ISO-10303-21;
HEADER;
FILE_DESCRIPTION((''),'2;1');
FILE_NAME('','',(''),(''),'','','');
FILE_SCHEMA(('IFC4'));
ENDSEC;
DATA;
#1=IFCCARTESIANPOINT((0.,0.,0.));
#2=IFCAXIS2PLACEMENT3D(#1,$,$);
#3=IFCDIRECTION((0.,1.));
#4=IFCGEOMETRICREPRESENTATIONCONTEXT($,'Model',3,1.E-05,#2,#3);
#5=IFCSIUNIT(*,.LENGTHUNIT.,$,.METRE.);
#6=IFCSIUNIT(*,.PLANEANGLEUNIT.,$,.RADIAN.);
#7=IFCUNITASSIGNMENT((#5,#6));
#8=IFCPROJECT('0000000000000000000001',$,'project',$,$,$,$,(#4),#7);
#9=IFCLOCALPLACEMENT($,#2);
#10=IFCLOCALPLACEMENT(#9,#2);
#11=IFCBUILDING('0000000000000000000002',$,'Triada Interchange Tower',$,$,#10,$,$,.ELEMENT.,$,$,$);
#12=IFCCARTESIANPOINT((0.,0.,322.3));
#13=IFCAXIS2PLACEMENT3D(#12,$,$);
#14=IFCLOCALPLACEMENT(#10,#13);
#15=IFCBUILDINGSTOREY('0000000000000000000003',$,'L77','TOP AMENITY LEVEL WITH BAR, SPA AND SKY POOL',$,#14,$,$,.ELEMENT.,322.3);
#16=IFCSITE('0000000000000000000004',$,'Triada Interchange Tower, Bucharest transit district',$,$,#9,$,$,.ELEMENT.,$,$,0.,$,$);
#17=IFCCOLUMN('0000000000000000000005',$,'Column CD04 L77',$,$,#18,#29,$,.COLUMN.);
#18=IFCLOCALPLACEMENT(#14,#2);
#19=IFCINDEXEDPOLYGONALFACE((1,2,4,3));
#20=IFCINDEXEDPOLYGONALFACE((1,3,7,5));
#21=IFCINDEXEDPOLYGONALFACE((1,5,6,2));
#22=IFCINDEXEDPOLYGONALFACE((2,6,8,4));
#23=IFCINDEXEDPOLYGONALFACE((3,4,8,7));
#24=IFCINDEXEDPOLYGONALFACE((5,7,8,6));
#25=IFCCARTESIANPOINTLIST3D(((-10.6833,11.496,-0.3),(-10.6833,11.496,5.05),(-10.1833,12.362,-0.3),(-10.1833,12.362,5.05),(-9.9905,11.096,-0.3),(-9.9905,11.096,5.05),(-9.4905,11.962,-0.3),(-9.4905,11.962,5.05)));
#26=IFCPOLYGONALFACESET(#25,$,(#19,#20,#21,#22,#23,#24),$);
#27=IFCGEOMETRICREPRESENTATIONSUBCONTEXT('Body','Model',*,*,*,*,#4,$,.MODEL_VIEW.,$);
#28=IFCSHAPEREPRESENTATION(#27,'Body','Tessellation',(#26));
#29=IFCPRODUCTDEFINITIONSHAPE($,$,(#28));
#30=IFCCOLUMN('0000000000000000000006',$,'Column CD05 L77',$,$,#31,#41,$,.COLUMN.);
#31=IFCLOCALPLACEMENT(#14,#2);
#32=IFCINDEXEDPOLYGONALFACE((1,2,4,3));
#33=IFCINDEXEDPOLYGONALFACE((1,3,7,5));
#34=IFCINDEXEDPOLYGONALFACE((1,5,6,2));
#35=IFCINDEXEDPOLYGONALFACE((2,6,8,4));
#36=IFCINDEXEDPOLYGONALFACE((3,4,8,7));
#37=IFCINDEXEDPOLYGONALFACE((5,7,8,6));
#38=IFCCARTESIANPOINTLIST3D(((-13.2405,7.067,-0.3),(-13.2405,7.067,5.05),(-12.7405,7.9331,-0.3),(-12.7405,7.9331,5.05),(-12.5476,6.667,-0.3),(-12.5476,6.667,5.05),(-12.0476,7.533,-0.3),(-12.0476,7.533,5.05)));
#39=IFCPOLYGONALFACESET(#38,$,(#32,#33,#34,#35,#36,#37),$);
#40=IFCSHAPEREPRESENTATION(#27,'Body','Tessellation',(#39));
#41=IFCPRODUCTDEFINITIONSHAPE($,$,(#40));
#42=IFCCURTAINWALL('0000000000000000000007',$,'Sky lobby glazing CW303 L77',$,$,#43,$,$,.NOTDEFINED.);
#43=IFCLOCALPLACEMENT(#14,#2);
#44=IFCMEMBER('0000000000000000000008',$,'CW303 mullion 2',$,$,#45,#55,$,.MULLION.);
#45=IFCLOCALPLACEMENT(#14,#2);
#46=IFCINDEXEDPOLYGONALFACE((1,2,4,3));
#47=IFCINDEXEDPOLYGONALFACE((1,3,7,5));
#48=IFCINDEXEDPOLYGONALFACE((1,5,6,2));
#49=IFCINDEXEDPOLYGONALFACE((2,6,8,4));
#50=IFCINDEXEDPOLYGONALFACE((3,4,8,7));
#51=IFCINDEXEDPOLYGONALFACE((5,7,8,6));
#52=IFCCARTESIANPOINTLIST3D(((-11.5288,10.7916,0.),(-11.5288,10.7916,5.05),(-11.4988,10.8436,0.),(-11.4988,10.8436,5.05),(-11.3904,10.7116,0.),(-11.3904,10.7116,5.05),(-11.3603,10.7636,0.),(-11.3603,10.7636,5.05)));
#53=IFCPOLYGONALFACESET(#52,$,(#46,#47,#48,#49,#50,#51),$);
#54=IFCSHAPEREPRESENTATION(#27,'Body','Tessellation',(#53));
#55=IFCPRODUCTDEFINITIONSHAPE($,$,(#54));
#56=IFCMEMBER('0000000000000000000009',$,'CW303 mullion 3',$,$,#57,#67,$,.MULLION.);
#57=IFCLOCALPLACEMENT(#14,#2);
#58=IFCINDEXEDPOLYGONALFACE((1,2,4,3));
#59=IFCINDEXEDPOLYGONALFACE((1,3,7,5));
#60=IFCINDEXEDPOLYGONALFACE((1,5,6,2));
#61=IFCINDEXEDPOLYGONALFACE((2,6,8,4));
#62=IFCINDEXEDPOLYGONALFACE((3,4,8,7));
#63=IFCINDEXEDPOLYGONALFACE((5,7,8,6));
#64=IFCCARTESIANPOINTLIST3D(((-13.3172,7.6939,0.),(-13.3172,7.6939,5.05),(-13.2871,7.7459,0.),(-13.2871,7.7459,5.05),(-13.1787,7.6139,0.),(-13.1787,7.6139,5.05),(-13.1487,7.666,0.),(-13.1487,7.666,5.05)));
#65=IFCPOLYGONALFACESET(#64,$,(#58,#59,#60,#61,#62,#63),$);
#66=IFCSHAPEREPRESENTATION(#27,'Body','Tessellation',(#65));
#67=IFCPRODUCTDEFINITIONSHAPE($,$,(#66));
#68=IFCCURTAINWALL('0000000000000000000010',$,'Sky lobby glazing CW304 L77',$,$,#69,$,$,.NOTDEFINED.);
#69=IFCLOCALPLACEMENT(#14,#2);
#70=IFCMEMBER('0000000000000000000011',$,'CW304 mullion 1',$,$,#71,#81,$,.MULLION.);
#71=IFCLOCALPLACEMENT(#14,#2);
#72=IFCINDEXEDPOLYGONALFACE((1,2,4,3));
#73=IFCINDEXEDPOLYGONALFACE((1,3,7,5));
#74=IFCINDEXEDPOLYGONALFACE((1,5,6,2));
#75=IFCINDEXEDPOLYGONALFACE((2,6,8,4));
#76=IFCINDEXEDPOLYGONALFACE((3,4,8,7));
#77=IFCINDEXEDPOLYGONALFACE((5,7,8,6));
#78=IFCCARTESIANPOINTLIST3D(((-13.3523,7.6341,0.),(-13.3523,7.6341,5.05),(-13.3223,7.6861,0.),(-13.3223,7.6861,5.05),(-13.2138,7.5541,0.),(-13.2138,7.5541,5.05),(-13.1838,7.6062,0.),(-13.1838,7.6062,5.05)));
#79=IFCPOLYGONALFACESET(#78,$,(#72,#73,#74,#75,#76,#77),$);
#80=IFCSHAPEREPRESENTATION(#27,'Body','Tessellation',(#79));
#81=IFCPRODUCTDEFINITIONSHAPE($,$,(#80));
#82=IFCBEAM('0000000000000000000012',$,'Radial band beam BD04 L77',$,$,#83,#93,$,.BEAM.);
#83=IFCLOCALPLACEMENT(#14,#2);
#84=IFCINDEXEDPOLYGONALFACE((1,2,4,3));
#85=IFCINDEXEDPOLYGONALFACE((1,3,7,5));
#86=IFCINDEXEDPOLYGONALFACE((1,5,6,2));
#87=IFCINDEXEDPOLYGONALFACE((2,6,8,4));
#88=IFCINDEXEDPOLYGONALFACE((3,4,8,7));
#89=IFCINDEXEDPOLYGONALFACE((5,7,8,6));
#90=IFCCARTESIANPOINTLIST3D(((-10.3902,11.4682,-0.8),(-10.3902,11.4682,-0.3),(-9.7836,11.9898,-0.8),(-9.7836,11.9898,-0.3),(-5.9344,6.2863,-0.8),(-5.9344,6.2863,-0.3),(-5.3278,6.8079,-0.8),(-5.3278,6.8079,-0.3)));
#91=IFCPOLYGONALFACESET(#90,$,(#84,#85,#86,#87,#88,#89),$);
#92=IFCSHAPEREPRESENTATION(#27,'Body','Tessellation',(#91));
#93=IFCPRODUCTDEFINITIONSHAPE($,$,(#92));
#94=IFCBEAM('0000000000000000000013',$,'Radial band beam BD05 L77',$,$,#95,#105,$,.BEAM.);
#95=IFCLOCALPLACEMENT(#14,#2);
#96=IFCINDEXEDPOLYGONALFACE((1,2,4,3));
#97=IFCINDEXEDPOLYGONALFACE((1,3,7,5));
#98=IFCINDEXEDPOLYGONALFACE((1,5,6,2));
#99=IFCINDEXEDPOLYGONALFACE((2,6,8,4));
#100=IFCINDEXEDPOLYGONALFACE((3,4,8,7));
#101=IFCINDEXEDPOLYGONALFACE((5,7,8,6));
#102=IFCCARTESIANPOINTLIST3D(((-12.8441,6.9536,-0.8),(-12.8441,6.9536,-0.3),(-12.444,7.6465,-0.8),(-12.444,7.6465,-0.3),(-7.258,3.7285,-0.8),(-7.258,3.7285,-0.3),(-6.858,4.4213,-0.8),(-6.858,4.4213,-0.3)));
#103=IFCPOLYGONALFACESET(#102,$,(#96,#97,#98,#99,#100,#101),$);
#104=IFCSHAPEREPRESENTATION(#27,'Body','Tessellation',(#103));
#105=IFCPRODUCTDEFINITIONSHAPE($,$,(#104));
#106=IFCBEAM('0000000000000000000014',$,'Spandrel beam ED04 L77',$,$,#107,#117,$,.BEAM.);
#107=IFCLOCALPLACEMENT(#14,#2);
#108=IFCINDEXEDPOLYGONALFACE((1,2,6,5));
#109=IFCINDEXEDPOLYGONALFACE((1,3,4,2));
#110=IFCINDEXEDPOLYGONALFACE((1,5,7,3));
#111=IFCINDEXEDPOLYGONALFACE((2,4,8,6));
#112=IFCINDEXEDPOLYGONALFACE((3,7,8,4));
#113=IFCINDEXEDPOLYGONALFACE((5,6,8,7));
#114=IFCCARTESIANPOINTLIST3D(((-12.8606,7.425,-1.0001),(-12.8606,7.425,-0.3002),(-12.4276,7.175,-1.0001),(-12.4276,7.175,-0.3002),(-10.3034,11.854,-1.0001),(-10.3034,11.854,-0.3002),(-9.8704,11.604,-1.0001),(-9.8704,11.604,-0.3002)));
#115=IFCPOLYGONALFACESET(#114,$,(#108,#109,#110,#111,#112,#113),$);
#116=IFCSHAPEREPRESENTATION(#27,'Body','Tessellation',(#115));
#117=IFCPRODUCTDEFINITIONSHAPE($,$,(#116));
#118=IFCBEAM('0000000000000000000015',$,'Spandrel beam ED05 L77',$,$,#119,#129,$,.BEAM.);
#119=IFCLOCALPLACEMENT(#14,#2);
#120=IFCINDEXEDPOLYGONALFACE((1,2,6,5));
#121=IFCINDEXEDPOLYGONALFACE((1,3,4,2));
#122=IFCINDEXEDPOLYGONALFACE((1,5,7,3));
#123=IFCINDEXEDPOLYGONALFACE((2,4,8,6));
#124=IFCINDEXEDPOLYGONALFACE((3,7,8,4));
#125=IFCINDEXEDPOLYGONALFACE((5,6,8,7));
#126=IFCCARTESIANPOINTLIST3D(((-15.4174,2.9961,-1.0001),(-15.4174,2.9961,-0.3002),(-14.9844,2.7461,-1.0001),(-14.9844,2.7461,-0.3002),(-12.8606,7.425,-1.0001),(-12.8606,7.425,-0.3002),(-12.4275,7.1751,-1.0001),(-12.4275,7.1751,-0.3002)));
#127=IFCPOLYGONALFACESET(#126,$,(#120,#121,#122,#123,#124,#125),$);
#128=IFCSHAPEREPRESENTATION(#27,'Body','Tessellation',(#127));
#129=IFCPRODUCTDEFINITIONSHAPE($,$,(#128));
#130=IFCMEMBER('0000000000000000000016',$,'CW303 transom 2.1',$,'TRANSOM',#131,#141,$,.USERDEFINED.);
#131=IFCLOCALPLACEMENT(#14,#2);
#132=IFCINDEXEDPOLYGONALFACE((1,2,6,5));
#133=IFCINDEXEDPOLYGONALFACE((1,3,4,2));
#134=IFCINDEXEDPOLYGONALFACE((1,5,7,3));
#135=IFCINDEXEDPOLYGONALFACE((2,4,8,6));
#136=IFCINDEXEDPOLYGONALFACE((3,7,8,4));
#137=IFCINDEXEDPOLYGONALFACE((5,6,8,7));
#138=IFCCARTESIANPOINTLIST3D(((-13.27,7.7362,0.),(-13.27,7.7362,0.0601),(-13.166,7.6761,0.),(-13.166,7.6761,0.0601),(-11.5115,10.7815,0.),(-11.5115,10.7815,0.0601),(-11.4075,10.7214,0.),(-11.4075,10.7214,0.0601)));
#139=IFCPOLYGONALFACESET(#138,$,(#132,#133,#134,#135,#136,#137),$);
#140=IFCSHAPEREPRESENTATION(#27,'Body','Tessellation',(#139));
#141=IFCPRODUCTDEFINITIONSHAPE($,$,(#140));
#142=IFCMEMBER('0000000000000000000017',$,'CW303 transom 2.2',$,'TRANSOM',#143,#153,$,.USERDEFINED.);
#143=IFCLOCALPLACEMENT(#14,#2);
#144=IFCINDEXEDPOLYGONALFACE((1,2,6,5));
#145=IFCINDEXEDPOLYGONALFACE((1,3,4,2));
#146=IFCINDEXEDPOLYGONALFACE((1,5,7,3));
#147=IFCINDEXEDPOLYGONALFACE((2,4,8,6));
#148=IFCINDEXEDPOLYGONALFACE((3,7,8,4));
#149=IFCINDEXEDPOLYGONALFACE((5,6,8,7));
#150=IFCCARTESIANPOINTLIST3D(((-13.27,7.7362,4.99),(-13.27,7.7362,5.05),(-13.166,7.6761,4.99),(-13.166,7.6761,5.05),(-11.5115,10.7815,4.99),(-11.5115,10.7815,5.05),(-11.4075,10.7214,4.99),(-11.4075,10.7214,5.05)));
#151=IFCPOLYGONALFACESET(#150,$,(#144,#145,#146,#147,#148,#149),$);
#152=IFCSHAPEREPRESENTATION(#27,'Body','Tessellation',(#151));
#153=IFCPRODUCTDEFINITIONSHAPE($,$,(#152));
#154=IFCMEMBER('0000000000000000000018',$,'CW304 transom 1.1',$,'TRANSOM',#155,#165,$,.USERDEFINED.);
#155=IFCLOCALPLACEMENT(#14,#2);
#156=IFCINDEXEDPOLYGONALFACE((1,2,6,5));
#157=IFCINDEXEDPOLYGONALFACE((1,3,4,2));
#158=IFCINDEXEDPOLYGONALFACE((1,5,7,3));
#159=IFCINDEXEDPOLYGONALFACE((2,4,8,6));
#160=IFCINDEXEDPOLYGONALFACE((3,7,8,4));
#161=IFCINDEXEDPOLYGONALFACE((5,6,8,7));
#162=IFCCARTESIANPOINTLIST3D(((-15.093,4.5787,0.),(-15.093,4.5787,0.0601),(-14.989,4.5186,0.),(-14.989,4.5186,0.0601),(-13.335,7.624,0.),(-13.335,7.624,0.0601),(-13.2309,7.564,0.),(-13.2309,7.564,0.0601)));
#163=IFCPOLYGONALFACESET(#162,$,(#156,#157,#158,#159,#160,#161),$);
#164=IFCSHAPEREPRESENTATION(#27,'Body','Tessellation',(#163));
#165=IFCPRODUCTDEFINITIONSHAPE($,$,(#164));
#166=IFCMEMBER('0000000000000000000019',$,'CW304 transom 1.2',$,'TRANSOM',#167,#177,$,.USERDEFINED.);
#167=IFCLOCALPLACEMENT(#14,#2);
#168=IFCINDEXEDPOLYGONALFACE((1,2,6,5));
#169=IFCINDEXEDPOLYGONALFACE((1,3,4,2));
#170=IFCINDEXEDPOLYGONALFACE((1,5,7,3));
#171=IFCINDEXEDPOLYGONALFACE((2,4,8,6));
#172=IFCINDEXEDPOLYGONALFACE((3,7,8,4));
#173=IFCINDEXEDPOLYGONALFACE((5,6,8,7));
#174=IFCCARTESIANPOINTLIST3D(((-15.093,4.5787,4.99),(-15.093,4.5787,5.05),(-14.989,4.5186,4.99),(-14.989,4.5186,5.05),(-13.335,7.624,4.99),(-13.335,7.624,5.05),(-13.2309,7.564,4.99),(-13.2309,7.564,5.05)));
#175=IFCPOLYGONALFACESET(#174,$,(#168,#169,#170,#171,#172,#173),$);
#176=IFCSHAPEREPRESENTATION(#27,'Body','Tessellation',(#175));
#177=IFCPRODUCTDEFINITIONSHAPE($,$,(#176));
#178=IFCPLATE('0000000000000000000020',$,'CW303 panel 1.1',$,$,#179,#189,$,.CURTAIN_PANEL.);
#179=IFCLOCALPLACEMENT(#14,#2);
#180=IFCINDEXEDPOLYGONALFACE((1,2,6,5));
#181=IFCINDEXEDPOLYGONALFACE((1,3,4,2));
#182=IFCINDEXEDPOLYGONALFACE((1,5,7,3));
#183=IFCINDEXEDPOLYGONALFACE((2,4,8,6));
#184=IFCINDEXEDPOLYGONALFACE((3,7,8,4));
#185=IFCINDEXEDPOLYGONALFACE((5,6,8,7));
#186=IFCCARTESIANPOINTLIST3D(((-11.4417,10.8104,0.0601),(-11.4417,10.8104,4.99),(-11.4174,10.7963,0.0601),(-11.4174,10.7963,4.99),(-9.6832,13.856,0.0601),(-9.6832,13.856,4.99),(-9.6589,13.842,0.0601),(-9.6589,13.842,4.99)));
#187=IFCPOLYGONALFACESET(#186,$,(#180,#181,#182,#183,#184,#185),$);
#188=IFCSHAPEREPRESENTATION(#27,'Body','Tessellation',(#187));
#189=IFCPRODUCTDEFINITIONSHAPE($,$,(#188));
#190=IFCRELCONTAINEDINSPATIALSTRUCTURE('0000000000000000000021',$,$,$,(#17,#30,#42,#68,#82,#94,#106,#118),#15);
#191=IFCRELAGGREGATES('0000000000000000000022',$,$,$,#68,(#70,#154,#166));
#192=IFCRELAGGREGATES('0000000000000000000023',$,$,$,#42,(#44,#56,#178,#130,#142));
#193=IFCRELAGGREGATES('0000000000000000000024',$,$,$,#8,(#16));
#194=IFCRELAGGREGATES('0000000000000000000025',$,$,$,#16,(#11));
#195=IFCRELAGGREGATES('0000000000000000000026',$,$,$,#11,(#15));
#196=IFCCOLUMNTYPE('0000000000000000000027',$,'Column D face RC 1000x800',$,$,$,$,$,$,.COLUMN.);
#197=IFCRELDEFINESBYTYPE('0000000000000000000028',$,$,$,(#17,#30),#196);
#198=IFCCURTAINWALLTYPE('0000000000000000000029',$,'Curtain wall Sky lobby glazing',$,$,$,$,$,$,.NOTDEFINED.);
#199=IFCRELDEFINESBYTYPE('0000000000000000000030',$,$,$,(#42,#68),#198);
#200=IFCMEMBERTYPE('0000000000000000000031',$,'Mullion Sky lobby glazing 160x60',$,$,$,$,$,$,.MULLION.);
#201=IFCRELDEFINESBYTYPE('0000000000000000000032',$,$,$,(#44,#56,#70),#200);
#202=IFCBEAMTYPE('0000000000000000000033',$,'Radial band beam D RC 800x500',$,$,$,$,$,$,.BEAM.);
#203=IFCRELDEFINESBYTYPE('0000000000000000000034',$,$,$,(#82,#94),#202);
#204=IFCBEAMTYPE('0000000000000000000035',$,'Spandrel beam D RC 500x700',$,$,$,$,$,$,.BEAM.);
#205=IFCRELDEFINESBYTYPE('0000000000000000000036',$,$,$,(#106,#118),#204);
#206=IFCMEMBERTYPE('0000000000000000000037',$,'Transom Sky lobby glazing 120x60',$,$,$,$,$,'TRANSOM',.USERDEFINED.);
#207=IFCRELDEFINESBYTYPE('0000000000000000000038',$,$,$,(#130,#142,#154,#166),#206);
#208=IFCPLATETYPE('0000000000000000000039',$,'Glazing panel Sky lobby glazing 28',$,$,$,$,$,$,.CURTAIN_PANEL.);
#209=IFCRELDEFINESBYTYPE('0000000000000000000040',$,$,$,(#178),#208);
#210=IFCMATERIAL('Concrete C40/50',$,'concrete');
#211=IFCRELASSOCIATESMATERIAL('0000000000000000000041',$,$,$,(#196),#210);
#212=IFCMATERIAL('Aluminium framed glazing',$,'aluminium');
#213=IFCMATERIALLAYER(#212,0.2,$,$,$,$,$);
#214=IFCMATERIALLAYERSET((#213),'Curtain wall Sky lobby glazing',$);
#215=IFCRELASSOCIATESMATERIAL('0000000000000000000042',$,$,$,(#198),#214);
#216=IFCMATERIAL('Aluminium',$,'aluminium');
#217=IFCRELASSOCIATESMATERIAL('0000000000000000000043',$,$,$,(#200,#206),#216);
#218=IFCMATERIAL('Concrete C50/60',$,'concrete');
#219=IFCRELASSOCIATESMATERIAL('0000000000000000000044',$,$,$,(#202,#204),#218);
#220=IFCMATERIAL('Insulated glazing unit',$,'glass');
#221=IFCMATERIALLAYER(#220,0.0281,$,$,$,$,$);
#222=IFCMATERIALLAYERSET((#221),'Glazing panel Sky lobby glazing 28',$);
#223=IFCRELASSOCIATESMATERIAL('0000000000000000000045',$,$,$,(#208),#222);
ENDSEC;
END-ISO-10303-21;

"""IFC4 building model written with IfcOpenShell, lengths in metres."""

from ifc_helpers import new_model, si_unit, direction, frame, origin, origin_2d, place, context, subcontext, project, spatial, rectangle, extrude, material, layer, layer_set, material_profile, profile_set, type_object, element, aggregate, save


model = new_model("IFC4")

# Units and contexts
model_context = context("Model", 3, precision=1e-05, world=origin(), true_north=direction((0.0, 1.0)))
body_context = subcontext(model_context, "Body", "Model", "MODEL_VIEW")
ifc_project = project(units=[si_unit("LENGTHUNIT", "METRE"), si_unit("PLANEANGLEUNIT", "RADIAN")], contexts=[model_context])

# Site, building, storey
site_placement = place(None, origin())
site = spatial("IfcSite", under=ifc_project, at=site_placement, Name="Triada Interchange Tower, Bucharest transit district", CompositionType="ELEMENT", RefElevation=0.0)
building_placement = place(site_placement, origin())
building = spatial("IfcBuilding", under=site, at=building_placement, Name="Triada Interchange Tower", CompositionType="ELEMENT")
storey_placement = place(building_placement, frame((0.0, 0.0, 322.3)))
storey = spatial("IfcBuildingStorey", under=building, at=storey_placement, Name="L77", Description="TOP AMENITY LEVEL WITH BAR, SPA AND SKY POOL", CompositionType="ELEMENT", Elevation=322.3)

# Columns
ifc_material_1 = material(Name="Concrete C40/50", Category="concrete")
ifc_material_profile_1 = material_profile(ifc_material_1, rectangle(XDim=1.0, YDim=0.8, at=origin_2d()), Name="RC 1000x800")
ifc_profile_set_1 = profile_set([ifc_material_profile_1], Name="Concrete C40/50")
column_type = type_object("IfcColumnType", Name="Column D face RC 1000x800", PredefinedType="COLUMN", material=ifc_profile_set_1)
for number, where, z_axis, x_axis, name in (
    (1, (-10.0869, 11.729, -0.3), (0.0, 0.0, 1.0), (0.5, 0.866025, 0.0), "Column CD04 L77"),
    (2, (-12.644, 7.3, -0.3), (0.0, 0.0, 1.0), (0.5, 0.866025, 0.0), "Column CD05 L77"),
):
    element("IfcColumn", number, at=place(storey_placement, frame(where, z_axis=z_axis, x_axis=x_axis)), inside=storey, type_object=column_type, Name=name, PredefinedType="COLUMN", context=body_context, shape_type="SweptSolid", body=[
        extrude(rectangle(XDim=1.0, YDim=0.8, at=origin_2d()), origin(), (0.0, 0.0, 1.0), 5.3501),
    ])

# Curtain wall, members
ifc_material_2 = material(Name="Aluminium framed glazing", Category="aluminium")
ifc_layer_1 = layer(ifc_material_2, 0.2)
ifc_layer_set_1 = layer_set([ifc_layer_1], Name="Curtain wall Sky lobby glazing")
curtain_wall_type = type_object("IfcCurtainWallType", Name="Curtain wall Sky lobby glazing", PredefinedType="NOTDEFINED", material=ifc_layer_set_1)
curtain_wall_1_placement = place(storey_placement, origin())
curtain_wall_1 = element("IfcCurtainWall", 3, at=curtain_wall_1_placement, inside=storey, type_object=curtain_wall_type, Name="Sky lobby glazing CW303 L77", PredefinedType="NOTDEFINED")
ifc_material_3 = material(Name="Aluminium", Category="aluminium")
ifc_material_profile_2 = material_profile(ifc_material_3, rectangle(XDim=0.1599, YDim=0.0601, at=origin_2d()), Name="Aluminium mullion")
ifc_profile_set_2 = profile_set([ifc_material_profile_2], Name="Aluminium")
member_type_1 = type_object("IfcMemberType", Name="Mullion Sky lobby glazing 160x60", PredefinedType="MULLION", material=ifc_profile_set_2)
member_1_placement = place(storey_placement, frame((-11.4446, 10.7776, 0.0), z_axis=(0.0, 0.0, 1.0), x_axis=(0.866008, -0.50003, 0.0)))
member_1 = element("IfcMember", 4, at=member_1_placement, type_object=member_type_1, Name="CW303 mullion 2", PredefinedType="MULLION", context=body_context, shape_type="SweptSolid", body=[
    extrude(rectangle(XDim=0.1599, YDim=0.0601, at=origin_2d()), origin(), (0.0, 0.0, 1.0), 5.05),
])
member_2_placement = place(storey_placement, frame((-13.2329, 7.6799, 0.0), z_axis=(0.0, 0.0, 1.0), x_axis=(0.866008, -0.50003, 0.0)))
member_2 = element("IfcMember", 5, at=member_2_placement, type_object=member_type_1, Name="CW303 mullion 3", PredefinedType="MULLION", context=body_context, shape_type="SweptSolid", body=[
    extrude(rectangle(XDim=0.1599, YDim=0.0601, at=origin_2d()), origin(), (0.0, 0.0, 1.0), 5.05),
])

# Curtain wall, member
curtain_wall_2_placement = place(storey_placement, origin())
curtain_wall_2 = element("IfcCurtainWall", 6, at=curtain_wall_2_placement, inside=storey, type_object=curtain_wall_type, Name="Sky lobby glazing CW304 L77", PredefinedType="NOTDEFINED")
member_3_placement = place(storey_placement, frame((-13.2681, 7.6201, 0.0), z_axis=(0.0, 0.0, 1.0), x_axis=(0.866068, -0.499926, 0.0)))
member_3 = element("IfcMember", 7, at=member_3_placement, type_object=member_type_1, Name="CW304 mullion 1", PredefinedType="MULLION", context=body_context, shape_type="SweptSolid", body=[
    extrude(rectangle(XDim=0.1599, YDim=0.0601, at=origin_2d()), origin(), (0.0, 0.0, 1.0), 5.05),
])

# Beams
ifc_material_4 = material(Name="Concrete C50/60", Category="concrete")
ifc_material_profile_3 = material_profile(ifc_material_4, rectangle(XDim=0.8, YDim=0.5, at=origin_2d()), Name="RC 800x500")
ifc_profile_set_3 = profile_set([ifc_material_profile_3], Name="Concrete C50/60")
beam_type_1 = type_object("IfcBeamType", Name="Radial band beam D RC 800x500", PredefinedType="BEAM", material=ifc_profile_set_3)
beam_1_placement = place(storey_placement, frame((-10.0869, 11.729, -0.55), z_axis=(0.651988, -0.758229, 0.0), x_axis=(0.758229, 0.651988, 0.0)))
element("IfcBeam", 8, at=beam_1_placement, inside=storey, type_object=beam_type_1, Name="Radial band beam BD04 L77", PredefinedType="BEAM", context=body_context, shape_type="SweptSolid", body=[
    extrude(rectangle(XDim=0.8, YDim=0.5, at=origin_2d()), origin(), (0.0, 0.0, 1.0), 6.8342),
])
beam_2_placement = place(storey_placement, frame((-12.644, 7.3, -0.55), z_axis=(0.866022, -0.500006, 0.0), x_axis=(0.500006, 0.866022, 0.0)))
element("IfcBeam", 9, at=beam_2_placement, inside=storey, type_object=beam_type_1, Name="Radial band beam BD05 L77", PredefinedType="BEAM", context=body_context, shape_type="SweptSolid", body=[
    extrude(rectangle(XDim=0.8, YDim=0.5, at=origin_2d()), origin(), (0.0, 0.0, 1.0), 6.4502),
])
ifc_material_profile_4 = material_profile(ifc_material_4, rectangle(XDim=0.5, YDim=0.7, at=origin_2d()), Name="RC 500x700")
ifc_profile_set_4 = profile_set([ifc_material_profile_4], Name="Concrete C50/60")
beam_type_2 = type_object("IfcBeamType", Name="Spandrel beam D RC 500x700", PredefinedType="BEAM", material=ifc_profile_set_4)
beam_3_placement = place(storey_placement, frame((-10.0869, 11.729, -0.6501), z_axis=(-0.50001, -0.866019, 0.0), x_axis=(0.866019, -0.50001, 0.0)))
element("IfcBeam", 10, at=beam_3_placement, inside=storey, type_object=beam_type_2, Name="Spandrel beam ED04 L77", PredefinedType="BEAM", context=body_context, shape_type="SweptSolid", body=[
    extrude(rectangle(XDim=0.5, YDim=0.7, at=origin_2d()), origin(), (0.0, 0.0, 1.0), 5.1143),
])
beam_4_placement = place(storey_placement, frame((-12.644, 7.3, -0.6501), z_axis=(-0.499975, -0.86604, 0.0), x_axis=(0.86604, -0.499975, 0.0)))
element("IfcBeam", 11, at=beam_4_placement, inside=storey, type_object=beam_type_2, Name="Spandrel beam ED05 L77", PredefinedType="BEAM", context=body_context, shape_type="SweptSolid", body=[
    extrude(rectangle(XDim=0.5, YDim=0.7, at=origin_2d()), origin(), (0.0, 0.0, 1.0), 5.114),
])

# Members
ifc_material_profile_5 = material_profile(ifc_material_3, rectangle(XDim=0.1201, YDim=0.0601, at=origin_2d()), Name="Aluminium transom")
ifc_profile_set_5 = profile_set([ifc_material_profile_5], Name="Aluminium")
member_type_2 = type_object("IfcMemberType", Name="Transom Sky lobby glazing 120x60", ElementType="TRANSOM", PredefinedType="USERDEFINED", material=ifc_profile_set_5)
member_4_placement = place(storey_placement, frame((-11.4595, 10.7515, 0.03), z_axis=(-0.500059, -0.865991, 0.0), x_axis=(0.865991, -0.500059, 0.0)))
member_4 = element("IfcMember", 12, at=member_4_placement, type_object=member_type_2, Name="CW303 transom 2.1", ObjectType="TRANSOM", PredefinedType="USERDEFINED", context=body_context, shape_type="SweptSolid", body=[
    extrude(rectangle(XDim=0.1201, YDim=0.0601, at=origin_2d()), origin(), (0.0, 0.0, 1.0), 3.5166),
])
member_5_placement = place(storey_placement, frame((-11.4595, 10.7515, 5.02), z_axis=(-0.500059, -0.865991, 0.0), x_axis=(0.865991, -0.500059, 0.0)))
member_5 = element("IfcMember", 13, at=member_5_placement, type_object=member_type_2, Name="CW303 transom 2.2", ObjectType="TRANSOM", PredefinedType="USERDEFINED", context=body_context, shape_type="SweptSolid", body=[
    extrude(rectangle(XDim=0.1201, YDim=0.0601, at=origin_2d()), origin(), (0.0, 0.0, 1.0), 3.5166),
])
member_6_placement = place(storey_placement, frame((-13.283, 7.594, 0.03), z_axis=(-0.499955, -0.866051, 0.0), x_axis=(0.866051, -0.499955, 0.0)))
member_6 = element("IfcMember", 14, at=member_6_placement, type_object=member_type_2, Name="CW304 transom 1.1", ObjectType="TRANSOM", PredefinedType="USERDEFINED", context=body_context, shape_type="SweptSolid", body=[
    extrude(rectangle(XDim=0.1201, YDim=0.0601, at=origin_2d()), origin(), (0.0, 0.0, 1.0), 3.5164),
])
member_7_placement = place(storey_placement, frame((-13.283, 7.594, 5.02), z_axis=(-0.499955, -0.866051, 0.0), x_axis=(0.866051, -0.499955, 0.0)))
member_7 = element("IfcMember", 15, at=member_7_placement, type_object=member_type_2, Name="CW304 transom 1.2", ObjectType="TRANSOM", PredefinedType="USERDEFINED", context=body_context, shape_type="SweptSolid", body=[
    extrude(rectangle(XDim=0.1201, YDim=0.0601, at=origin_2d()), origin(), (0.0, 0.0, 1.0), 3.5164),
])
aggregate(curtain_wall_2, [member_3, member_6, member_7])

# Plate
ifc_material_5 = material(Name="Insulated glazing unit", Category="glass")
ifc_layer_2 = layer(ifc_material_5, 0.0281)
ifc_layer_set_2 = layer_set([ifc_layer_2], Name="Glazing panel Sky lobby glazing 28")
plate_type = type_object("IfcPlateType", Name="Glazing panel Sky lobby glazing 28", PredefinedType="CURTAIN_PANEL", material=ifc_layer_set_2)
plate_1_placement = place(storey_placement, frame((-10.5503, 12.3262, 0.0601), z_axis=(0.0, 0.0, 1.0), x_axis=(-0.50003, -0.866008, 0.0)))
plate_1 = element("IfcPlate", 16, at=plate_1_placement, type_object=plate_type, Name="CW303 panel 1.1", PredefinedType="CURTAIN_PANEL", context=body_context, shape_type="SweptSolid", body=[
    extrude(rectangle(XDim=3.5168, YDim=0.0281, at=origin_2d()), origin(), (0.0, 0.0, 1.0), 4.9299),
])
aggregate(curtain_wall_1, [member_1, member_2, plate_1, member_4, member_5])

save(model, "model.ifc")
